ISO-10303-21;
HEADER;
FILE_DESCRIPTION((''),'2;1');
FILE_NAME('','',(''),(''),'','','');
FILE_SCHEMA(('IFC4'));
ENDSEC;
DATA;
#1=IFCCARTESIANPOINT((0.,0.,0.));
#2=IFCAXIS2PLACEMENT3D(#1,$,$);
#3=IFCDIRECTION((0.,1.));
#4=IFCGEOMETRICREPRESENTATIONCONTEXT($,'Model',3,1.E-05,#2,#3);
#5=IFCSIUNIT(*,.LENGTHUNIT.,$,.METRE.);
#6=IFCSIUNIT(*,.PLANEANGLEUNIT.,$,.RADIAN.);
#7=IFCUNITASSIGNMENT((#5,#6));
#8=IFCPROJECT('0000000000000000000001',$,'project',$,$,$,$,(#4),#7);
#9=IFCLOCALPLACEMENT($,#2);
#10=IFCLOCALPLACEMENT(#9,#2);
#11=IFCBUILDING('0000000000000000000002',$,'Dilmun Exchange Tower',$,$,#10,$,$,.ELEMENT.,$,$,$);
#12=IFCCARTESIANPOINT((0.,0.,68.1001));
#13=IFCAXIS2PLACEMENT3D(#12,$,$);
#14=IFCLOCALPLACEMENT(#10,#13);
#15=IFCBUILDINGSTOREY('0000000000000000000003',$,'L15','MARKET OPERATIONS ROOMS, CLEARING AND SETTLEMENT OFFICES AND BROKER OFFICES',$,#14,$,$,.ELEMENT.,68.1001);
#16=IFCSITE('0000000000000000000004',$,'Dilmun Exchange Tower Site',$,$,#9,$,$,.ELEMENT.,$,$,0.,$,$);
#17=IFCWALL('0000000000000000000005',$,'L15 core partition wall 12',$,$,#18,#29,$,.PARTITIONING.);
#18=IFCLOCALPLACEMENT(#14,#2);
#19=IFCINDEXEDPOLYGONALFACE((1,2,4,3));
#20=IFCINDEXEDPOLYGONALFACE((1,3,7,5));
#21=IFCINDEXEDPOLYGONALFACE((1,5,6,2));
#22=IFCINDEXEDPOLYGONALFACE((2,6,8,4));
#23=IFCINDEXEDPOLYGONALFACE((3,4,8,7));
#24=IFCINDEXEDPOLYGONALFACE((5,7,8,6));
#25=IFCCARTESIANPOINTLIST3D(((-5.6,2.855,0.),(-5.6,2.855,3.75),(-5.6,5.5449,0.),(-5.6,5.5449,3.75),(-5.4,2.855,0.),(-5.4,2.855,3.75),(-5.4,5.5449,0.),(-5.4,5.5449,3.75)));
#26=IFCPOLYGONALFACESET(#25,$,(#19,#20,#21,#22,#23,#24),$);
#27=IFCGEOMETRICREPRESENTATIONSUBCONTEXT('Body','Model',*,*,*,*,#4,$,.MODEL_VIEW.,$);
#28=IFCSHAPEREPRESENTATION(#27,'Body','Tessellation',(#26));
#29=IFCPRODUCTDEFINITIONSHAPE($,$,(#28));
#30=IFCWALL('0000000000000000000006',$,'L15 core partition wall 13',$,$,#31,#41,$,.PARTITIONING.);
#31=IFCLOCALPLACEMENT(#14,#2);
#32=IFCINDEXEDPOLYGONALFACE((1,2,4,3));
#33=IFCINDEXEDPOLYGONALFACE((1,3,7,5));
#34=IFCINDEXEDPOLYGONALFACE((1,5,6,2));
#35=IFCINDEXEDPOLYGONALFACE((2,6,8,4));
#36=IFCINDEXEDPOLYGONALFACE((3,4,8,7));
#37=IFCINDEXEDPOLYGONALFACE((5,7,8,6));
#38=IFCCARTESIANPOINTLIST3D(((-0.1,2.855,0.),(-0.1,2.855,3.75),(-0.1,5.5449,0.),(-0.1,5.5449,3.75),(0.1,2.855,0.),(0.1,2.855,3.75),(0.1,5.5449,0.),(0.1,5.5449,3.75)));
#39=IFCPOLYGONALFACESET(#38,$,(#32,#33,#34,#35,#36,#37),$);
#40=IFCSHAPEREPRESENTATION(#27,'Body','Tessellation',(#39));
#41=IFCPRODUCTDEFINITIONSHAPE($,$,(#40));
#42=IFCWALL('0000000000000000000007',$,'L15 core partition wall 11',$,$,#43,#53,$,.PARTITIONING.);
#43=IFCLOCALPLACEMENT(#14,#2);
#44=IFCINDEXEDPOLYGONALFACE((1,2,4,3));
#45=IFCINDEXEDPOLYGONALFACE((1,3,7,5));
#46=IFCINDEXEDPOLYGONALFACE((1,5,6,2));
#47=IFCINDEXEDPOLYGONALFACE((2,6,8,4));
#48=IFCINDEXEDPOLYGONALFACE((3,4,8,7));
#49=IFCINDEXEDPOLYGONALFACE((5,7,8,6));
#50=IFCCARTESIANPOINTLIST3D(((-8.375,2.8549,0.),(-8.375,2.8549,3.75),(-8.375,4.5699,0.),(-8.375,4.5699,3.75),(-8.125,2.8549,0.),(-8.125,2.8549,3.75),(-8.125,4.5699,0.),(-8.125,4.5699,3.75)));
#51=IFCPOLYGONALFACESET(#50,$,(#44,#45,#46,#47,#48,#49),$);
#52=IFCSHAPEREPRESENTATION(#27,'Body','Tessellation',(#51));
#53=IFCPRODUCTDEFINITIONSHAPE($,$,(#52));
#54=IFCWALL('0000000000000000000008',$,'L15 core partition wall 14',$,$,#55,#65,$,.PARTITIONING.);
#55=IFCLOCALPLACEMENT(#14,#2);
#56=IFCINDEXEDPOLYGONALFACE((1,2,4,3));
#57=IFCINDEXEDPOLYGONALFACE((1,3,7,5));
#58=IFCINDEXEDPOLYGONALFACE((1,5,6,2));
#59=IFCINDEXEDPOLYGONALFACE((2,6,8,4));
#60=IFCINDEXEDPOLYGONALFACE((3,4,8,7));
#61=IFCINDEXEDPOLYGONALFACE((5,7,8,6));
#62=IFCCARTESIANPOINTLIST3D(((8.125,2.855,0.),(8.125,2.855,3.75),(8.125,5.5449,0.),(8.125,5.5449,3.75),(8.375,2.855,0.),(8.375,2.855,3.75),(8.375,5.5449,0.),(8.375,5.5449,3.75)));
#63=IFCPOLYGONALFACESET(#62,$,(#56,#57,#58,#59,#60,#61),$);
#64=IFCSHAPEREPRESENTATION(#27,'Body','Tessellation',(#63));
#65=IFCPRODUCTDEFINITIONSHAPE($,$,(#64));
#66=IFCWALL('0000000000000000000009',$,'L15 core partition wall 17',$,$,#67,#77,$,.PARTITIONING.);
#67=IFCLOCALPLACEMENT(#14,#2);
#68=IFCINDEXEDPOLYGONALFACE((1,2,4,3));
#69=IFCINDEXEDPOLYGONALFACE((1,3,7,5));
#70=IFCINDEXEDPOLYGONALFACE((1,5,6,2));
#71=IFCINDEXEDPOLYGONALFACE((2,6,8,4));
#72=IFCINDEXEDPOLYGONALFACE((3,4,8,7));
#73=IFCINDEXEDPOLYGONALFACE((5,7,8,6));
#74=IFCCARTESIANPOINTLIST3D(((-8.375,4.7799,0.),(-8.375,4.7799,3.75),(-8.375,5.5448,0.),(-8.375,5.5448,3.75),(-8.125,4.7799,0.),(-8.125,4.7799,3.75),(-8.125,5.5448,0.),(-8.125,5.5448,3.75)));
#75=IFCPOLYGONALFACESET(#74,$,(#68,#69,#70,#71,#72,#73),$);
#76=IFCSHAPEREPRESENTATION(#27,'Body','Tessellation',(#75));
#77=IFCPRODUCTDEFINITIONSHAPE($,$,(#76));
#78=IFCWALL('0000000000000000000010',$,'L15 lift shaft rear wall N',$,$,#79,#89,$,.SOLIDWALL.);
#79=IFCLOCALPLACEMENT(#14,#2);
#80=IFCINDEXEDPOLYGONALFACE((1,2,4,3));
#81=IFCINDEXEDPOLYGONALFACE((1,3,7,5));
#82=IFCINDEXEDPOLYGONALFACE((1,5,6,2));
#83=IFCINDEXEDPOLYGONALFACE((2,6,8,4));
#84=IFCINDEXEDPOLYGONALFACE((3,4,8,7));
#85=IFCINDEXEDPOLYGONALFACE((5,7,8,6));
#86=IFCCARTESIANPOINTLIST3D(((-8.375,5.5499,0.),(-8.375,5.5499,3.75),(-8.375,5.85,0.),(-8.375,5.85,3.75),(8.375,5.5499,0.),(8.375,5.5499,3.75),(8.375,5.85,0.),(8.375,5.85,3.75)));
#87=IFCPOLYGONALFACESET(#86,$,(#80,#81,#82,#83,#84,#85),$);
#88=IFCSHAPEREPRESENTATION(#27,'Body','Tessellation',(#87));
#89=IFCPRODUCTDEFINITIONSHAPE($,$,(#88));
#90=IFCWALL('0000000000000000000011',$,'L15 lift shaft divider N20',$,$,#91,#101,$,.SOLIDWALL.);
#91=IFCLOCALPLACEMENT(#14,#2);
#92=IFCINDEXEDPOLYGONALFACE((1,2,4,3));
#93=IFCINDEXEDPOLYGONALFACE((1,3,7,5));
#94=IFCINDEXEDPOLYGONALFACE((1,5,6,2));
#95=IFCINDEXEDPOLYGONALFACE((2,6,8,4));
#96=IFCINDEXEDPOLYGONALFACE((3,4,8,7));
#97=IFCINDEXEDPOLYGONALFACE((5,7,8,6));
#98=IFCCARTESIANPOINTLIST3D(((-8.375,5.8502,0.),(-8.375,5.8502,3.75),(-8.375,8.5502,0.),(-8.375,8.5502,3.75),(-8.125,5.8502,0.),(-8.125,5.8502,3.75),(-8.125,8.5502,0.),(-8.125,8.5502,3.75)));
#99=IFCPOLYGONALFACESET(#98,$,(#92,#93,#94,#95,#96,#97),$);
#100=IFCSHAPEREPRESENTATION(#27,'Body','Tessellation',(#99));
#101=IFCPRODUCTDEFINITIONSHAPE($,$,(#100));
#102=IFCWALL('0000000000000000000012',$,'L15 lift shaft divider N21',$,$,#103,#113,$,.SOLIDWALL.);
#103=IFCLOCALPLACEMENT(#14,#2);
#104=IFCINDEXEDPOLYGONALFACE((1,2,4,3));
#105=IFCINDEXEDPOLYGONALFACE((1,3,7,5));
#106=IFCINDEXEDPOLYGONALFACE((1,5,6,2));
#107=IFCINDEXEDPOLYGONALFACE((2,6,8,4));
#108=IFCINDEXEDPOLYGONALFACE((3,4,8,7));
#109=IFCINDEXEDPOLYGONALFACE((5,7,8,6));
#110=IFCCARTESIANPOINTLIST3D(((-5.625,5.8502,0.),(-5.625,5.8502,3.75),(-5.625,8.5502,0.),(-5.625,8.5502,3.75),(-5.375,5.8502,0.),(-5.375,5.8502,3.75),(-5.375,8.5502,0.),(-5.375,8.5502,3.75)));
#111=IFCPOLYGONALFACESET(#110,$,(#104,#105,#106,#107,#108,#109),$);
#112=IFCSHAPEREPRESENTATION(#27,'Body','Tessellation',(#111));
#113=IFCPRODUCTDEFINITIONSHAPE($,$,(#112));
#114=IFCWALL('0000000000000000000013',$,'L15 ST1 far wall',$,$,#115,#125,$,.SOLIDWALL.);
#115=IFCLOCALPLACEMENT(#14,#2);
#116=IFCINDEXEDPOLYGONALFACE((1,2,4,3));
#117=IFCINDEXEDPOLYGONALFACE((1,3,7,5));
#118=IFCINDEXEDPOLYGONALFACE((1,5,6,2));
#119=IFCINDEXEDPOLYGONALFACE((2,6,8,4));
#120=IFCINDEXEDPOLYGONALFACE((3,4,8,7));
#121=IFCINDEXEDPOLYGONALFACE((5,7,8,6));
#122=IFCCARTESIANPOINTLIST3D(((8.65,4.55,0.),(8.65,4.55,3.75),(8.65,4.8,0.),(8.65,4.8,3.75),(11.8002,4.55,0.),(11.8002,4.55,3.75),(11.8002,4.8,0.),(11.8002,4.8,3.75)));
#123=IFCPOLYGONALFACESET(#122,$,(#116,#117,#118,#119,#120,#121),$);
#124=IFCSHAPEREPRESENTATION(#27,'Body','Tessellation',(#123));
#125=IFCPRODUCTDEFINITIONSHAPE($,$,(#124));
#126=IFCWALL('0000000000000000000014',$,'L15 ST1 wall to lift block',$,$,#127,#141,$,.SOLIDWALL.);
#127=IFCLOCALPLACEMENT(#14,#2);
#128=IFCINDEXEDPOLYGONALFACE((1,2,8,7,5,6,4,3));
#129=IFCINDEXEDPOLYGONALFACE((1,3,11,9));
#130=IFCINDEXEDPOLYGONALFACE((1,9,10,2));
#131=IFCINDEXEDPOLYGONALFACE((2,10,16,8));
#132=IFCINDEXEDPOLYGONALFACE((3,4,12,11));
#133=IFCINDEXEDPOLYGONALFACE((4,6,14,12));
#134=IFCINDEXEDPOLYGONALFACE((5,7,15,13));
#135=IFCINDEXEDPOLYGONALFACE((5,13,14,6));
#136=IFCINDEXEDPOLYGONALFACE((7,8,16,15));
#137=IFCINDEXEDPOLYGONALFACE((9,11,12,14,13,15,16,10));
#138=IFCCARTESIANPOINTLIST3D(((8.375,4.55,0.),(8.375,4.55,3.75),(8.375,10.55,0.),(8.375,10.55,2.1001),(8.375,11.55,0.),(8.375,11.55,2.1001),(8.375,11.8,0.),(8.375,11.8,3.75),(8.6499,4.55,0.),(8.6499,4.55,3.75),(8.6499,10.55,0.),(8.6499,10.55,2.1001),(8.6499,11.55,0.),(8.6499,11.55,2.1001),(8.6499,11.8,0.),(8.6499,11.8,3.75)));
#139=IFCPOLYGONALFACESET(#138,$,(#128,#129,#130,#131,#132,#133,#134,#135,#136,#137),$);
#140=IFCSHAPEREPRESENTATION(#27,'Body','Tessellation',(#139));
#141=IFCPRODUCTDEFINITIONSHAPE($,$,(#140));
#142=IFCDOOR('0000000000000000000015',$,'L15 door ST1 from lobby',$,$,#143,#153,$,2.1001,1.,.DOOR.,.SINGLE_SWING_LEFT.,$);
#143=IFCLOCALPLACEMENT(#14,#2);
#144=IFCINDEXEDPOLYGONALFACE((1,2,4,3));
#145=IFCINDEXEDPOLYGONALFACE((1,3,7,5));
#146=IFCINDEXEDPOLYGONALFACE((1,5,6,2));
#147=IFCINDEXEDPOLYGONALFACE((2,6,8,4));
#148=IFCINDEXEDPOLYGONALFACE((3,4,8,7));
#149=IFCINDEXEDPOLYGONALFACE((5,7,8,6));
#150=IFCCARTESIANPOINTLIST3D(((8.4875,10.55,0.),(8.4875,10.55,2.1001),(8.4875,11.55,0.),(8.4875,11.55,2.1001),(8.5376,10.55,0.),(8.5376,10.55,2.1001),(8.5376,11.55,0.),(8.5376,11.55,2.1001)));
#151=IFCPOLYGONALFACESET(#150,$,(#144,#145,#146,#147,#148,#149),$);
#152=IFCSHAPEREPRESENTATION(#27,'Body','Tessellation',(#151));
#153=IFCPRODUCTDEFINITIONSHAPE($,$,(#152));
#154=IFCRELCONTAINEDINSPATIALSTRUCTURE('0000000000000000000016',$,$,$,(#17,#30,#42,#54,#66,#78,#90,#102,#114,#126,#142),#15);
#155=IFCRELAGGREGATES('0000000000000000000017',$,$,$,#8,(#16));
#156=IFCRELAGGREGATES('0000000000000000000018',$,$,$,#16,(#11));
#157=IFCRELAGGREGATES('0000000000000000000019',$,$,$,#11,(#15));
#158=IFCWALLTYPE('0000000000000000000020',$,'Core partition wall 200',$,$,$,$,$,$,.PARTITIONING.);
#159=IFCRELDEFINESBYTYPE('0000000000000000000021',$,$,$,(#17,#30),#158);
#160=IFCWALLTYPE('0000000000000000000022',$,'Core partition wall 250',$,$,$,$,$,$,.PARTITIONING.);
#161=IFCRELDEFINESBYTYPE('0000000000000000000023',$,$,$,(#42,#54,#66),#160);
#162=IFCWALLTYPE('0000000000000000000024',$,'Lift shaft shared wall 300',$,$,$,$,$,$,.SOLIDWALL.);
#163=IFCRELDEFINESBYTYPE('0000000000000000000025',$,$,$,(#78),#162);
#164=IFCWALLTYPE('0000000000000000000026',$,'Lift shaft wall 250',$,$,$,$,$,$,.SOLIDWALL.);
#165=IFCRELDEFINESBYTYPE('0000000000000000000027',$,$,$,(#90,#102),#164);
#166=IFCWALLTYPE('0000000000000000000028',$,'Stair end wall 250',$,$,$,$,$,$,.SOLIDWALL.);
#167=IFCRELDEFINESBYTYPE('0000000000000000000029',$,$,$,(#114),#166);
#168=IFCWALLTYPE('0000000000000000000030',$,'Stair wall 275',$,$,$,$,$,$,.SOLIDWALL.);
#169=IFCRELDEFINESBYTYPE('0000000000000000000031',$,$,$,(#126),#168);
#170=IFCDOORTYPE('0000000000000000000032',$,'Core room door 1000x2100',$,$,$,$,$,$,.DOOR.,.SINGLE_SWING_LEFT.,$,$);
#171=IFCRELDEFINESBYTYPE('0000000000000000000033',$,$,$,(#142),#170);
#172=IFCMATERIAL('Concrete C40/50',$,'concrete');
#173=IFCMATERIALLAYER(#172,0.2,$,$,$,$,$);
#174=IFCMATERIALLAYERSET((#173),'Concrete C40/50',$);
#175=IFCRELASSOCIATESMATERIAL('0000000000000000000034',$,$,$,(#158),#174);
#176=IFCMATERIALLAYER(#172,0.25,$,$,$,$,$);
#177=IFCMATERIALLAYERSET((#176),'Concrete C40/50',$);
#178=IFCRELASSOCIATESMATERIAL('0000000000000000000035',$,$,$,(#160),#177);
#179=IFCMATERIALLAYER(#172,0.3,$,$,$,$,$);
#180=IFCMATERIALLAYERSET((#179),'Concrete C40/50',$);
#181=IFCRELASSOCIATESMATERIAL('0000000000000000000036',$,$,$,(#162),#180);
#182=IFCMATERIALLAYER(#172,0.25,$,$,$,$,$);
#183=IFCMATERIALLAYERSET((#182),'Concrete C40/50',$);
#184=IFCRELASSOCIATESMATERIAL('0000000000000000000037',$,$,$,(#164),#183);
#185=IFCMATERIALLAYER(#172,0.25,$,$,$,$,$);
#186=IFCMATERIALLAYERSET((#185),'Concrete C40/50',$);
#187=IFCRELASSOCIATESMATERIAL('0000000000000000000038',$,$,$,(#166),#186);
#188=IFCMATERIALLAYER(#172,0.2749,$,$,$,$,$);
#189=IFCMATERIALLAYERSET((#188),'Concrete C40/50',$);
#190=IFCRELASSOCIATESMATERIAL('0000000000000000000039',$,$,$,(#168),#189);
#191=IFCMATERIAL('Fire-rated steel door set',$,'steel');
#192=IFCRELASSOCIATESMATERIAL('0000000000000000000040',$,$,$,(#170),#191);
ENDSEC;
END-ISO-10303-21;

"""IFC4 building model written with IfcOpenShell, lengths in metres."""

from ifc_helpers import new_model, si_unit, direction, frame, frame_2d, origin, place, context, subcontext, project, spatial, rectangle, extrude, material, layer, layer_set, type_object, element, fill, save


model = new_model("IFC4")

# Units and contexts
model_context = context("Model", 3, precision=1e-05, world=origin(), true_north=direction((0.0, 1.0)))
body_context = subcontext(model_context, "Body", "Model", "MODEL_VIEW")
ifc_project = project(units=[si_unit("LENGTHUNIT", "METRE"), si_unit("PLANEANGLEUNIT", "RADIAN")], contexts=[model_context])

# Site, building, storey
site_placement = place(None, origin())
site = spatial("IfcSite", under=ifc_project, at=site_placement, Name="Dilmun Exchange Tower Site", CompositionType="ELEMENT", RefElevation=0.0)
building_placement = place(site_placement, origin())
building = spatial("IfcBuilding", under=site, at=building_placement, Name="Dilmun Exchange Tower", CompositionType="ELEMENT")
storey_placement = place(building_placement, frame((0.0, 0.0, 68.1001)))
storey = spatial("IfcBuildingStorey", under=building, at=storey_placement, Name="L15", Description="MARKET OPERATIONS ROOMS, CLEARING AND SETTLEMENT OFFICES AND BROKER OFFICES", CompositionType="ELEMENT", Elevation=68.1001)

# Walls
ifc_material_1 = material(Name="Concrete C40/50", Category="concrete")
ifc_layer_1 = layer(ifc_material_1, 0.2)
ifc_layer_set_1 = layer_set([ifc_layer_1], Name="Concrete C40/50")
wall_type_1 = type_object("IfcWallType", Name="Core partition wall 200", PredefinedType="PARTITIONING", material=ifc_layer_set_1)
for number, where, z_axis, x_axis, name in (
    (1, (-5.5, 2.855, 0.0), (0.0, 0.0, 1.0), (0.0, 1.0, 0.0), "L15 core partition wall 12"),
    (2, (0.0, 2.855, 0.0), (0.0, 0.0, 1.0), (0.0, 1.0, 0.0), "L15 core partition wall 13"),
):
    element("IfcWall", number, at=place(storey_placement, frame(where, z_axis=z_axis, x_axis=x_axis)), inside=storey, type_object=wall_type_1, Name=name, PredefinedType="PARTITIONING", context=body_context, shape_type="SweptSolid", body=[
        extrude(rectangle(XDim=2.6899, YDim=0.2, at=frame_2d((1.345, 0.0))), origin(), (0.0, 0.0, 1.0), 3.75),
    ])
ifc_layer_2 = layer(ifc_material_1, 0.25)
ifc_layer_set_2 = layer_set([ifc_layer_2], Name="Concrete C40/50")
wall_type_2 = type_object("IfcWallType", Name="Core partition wall 250", PredefinedType="PARTITIONING", material=ifc_layer_set_2)
wall_1_placement = place(storey_placement, frame((-8.25, 2.855, 0.0), z_axis=(0.0, 0.0, 1.0), x_axis=(0.0, 1.0, 0.0)))
element("IfcWall", 3, at=wall_1_placement, inside=storey, type_object=wall_type_2, Name="L15 core partition wall 11", PredefinedType="PARTITIONING", context=body_context, shape_type="SweptSolid", body=[
    extrude(rectangle(XDim=1.7151, YDim=0.25, at=frame_2d((0.8574, 0.0))), origin(), (0.0, 0.0, 1.0), 3.75),
])
wall_2_placement = place(storey_placement, frame((8.25, 2.855, 0.0), z_axis=(0.0, 0.0, 1.0), x_axis=(0.0, 1.0, 0.0)))
element("IfcWall", 4, at=wall_2_placement, inside=storey, type_object=wall_type_2, Name="L15 core partition wall 14", PredefinedType="PARTITIONING", context=body_context, shape_type="SweptSolid", body=[
    extrude(rectangle(XDim=2.6899, YDim=0.25, at=frame_2d((1.345, 0.0))), origin(), (0.0, 0.0, 1.0), 3.75),
])
wall_3_placement = place(storey_placement, frame((-8.25, 4.78, 0.0), z_axis=(0.0, 0.0, 1.0), x_axis=(0.0, 1.0, 0.0)))
element("IfcWall", 5, at=wall_3_placement, inside=storey, type_object=wall_type_2, Name="L15 core partition wall 17", PredefinedType="PARTITIONING", context=body_context, shape_type="SweptSolid", body=[
    extrude(rectangle(XDim=0.7649, YDim=0.25, at=frame_2d((0.3823, 0.0))), origin(), (0.0, 0.0, 1.0), 3.75),
])
ifc_layer_3 = layer(ifc_material_1, 0.3)
ifc_layer_set_3 = layer_set([ifc_layer_3], Name="Concrete C40/50")
wall_type_3 = type_object("IfcWallType", Name="Lift shaft shared wall 300", PredefinedType="SOLIDWALL", material=ifc_layer_set_3)
wall_4_placement = place(storey_placement, frame((-8.375, 5.7, 0.0), z_axis=(0.0, 0.0, 1.0), x_axis=(1.0, 0.0, 0.0)))
element("IfcWall", 6, at=wall_4_placement, inside=storey, type_object=wall_type_3, Name="L15 lift shaft rear wall N", PredefinedType="SOLIDWALL", context=body_context, shape_type="SweptSolid", body=[
    extrude(rectangle(XDim=16.75, YDim=0.3, at=frame_2d((8.375, 0.0))), origin(), (0.0, 0.0, 1.0), 3.75),
])
ifc_layer_4 = layer(ifc_material_1, 0.25)
ifc_layer_set_4 = layer_set([ifc_layer_4], Name="Concrete C40/50")
wall_type_4 = type_object("IfcWallType", Name="Lift shaft wall 250", PredefinedType="SOLIDWALL", material=ifc_layer_set_4)
for number, where, z_axis, x_axis, name in (
    (7, (-8.25, 5.8501, 0.0), (0.0, 0.0, 1.0), (0.0, 1.0, 0.0), "L15 lift shaft divider N20"),
    (8, (-5.5, 5.8501, 0.0), (0.0, 0.0, 1.0), (0.0, 1.0, 0.0), "L15 lift shaft divider N21"),
):
    element("IfcWall", number, at=place(storey_placement, frame(where, z_axis=z_axis, x_axis=x_axis)), inside=storey, type_object=wall_type_4, Name=name, PredefinedType="SOLIDWALL", context=body_context, shape_type="SweptSolid", body=[
        extrude(rectangle(XDim=2.7, YDim=0.25, at=frame_2d((1.3501, 0.0))), origin(), (0.0, 0.0, 1.0), 3.75),
    ])
ifc_layer_5 = layer(ifc_material_1, 0.25)
ifc_layer_set_5 = layer_set([ifc_layer_5], Name="Concrete C40/50")
wall_type_5 = type_object("IfcWallType", Name="Stair end wall 250", PredefinedType="SOLIDWALL", material=ifc_layer_set_5)
wall_5_placement = place(storey_placement, frame((8.6499, 4.675, 0.0), z_axis=(0.0, 0.0, 1.0), x_axis=(1.0, 0.0, 0.0)))
element("IfcWall", 9, at=wall_5_placement, inside=storey, type_object=wall_type_5, Name="L15 ST1 far wall", PredefinedType="SOLIDWALL", context=body_context, shape_type="SweptSolid", body=[
    extrude(rectangle(XDim=3.1501, YDim=0.25, at=frame_2d((1.5752, 0.0))), origin(), (0.0, 0.0, 1.0), 3.75),
])

# Wall, opening, door
ifc_layer_6 = layer(ifc_material_1, 0.2749)
ifc_layer_set_6 = layer_set([ifc_layer_6], Name="Concrete C40/50")
wall_type_6 = type_object("IfcWallType", Name="Stair wall 275", PredefinedType="SOLIDWALL", material=ifc_layer_set_6)
wall_6_placement = place(storey_placement, frame((8.5125, 4.55, 0.0), z_axis=(0.0, 0.0, 1.0), x_axis=(0.0, 1.0, 0.0)))
wall_6 = element("IfcWall", 10, at=wall_6_placement, inside=storey, type_object=wall_type_6, Name="L15 ST1 wall to lift block", PredefinedType="SOLIDWALL", context=body_context, shape_type="SweptSolid", body=[
    extrude(rectangle(XDim=7.25, YDim=0.2749, at=frame_2d((3.625, 0.0))), origin(), (0.0, 0.0, 1.0), 3.75),
])
opening_placement = place(wall_6_placement, frame((6.0, 0.0, 0.0)))
opening = element("IfcOpeningElement", 11, at=opening_placement, cuts=wall_6, PredefinedType="OPENING", context=body_context, shape_type="SweptSolid", body=[
    extrude(rectangle(XDim=1.0, YDim=2.1001, at=frame_2d((0.5, 1.05))), frame((0.0, 0.1475, 0.0), z_axis=(0.0, -1.0, 0.0), x_axis=(1.0, 0.0, 0.0)), (0.0, 0.0, 1.0), 0.2949),
])
ifc_material_2 = material(Name="Fire-rated steel door set", Category="steel")
door_type = type_object("IfcDoorType", Name="Core room door 1000x2100", OperationType="SINGLE_SWING_LEFT", PredefinedType="DOOR", material=ifc_material_2)
door_placement = place(opening_placement, origin())
door = element("IfcDoor", 12, at=door_placement, inside=storey, type_object=door_type, Name="L15 door ST1 from lobby", OperationType="SINGLE_SWING_LEFT", OverallHeight=2.1001, OverallWidth=1.0, PredefinedType="DOOR", context=body_context, shape_type="SweptSolid", body=[
    extrude(rectangle(XDim=1.0, YDim=2.1001, at=frame_2d((0.5, 1.05))), frame((0.0, 0.0249, 0.0), z_axis=(0.0, -1.0, 0.0), x_axis=(1.0, 0.0, 0.0)), (0.0, 0.0, 1.0), 0.05),
])
fill(opening, door)

save(model, "model.ifc")
